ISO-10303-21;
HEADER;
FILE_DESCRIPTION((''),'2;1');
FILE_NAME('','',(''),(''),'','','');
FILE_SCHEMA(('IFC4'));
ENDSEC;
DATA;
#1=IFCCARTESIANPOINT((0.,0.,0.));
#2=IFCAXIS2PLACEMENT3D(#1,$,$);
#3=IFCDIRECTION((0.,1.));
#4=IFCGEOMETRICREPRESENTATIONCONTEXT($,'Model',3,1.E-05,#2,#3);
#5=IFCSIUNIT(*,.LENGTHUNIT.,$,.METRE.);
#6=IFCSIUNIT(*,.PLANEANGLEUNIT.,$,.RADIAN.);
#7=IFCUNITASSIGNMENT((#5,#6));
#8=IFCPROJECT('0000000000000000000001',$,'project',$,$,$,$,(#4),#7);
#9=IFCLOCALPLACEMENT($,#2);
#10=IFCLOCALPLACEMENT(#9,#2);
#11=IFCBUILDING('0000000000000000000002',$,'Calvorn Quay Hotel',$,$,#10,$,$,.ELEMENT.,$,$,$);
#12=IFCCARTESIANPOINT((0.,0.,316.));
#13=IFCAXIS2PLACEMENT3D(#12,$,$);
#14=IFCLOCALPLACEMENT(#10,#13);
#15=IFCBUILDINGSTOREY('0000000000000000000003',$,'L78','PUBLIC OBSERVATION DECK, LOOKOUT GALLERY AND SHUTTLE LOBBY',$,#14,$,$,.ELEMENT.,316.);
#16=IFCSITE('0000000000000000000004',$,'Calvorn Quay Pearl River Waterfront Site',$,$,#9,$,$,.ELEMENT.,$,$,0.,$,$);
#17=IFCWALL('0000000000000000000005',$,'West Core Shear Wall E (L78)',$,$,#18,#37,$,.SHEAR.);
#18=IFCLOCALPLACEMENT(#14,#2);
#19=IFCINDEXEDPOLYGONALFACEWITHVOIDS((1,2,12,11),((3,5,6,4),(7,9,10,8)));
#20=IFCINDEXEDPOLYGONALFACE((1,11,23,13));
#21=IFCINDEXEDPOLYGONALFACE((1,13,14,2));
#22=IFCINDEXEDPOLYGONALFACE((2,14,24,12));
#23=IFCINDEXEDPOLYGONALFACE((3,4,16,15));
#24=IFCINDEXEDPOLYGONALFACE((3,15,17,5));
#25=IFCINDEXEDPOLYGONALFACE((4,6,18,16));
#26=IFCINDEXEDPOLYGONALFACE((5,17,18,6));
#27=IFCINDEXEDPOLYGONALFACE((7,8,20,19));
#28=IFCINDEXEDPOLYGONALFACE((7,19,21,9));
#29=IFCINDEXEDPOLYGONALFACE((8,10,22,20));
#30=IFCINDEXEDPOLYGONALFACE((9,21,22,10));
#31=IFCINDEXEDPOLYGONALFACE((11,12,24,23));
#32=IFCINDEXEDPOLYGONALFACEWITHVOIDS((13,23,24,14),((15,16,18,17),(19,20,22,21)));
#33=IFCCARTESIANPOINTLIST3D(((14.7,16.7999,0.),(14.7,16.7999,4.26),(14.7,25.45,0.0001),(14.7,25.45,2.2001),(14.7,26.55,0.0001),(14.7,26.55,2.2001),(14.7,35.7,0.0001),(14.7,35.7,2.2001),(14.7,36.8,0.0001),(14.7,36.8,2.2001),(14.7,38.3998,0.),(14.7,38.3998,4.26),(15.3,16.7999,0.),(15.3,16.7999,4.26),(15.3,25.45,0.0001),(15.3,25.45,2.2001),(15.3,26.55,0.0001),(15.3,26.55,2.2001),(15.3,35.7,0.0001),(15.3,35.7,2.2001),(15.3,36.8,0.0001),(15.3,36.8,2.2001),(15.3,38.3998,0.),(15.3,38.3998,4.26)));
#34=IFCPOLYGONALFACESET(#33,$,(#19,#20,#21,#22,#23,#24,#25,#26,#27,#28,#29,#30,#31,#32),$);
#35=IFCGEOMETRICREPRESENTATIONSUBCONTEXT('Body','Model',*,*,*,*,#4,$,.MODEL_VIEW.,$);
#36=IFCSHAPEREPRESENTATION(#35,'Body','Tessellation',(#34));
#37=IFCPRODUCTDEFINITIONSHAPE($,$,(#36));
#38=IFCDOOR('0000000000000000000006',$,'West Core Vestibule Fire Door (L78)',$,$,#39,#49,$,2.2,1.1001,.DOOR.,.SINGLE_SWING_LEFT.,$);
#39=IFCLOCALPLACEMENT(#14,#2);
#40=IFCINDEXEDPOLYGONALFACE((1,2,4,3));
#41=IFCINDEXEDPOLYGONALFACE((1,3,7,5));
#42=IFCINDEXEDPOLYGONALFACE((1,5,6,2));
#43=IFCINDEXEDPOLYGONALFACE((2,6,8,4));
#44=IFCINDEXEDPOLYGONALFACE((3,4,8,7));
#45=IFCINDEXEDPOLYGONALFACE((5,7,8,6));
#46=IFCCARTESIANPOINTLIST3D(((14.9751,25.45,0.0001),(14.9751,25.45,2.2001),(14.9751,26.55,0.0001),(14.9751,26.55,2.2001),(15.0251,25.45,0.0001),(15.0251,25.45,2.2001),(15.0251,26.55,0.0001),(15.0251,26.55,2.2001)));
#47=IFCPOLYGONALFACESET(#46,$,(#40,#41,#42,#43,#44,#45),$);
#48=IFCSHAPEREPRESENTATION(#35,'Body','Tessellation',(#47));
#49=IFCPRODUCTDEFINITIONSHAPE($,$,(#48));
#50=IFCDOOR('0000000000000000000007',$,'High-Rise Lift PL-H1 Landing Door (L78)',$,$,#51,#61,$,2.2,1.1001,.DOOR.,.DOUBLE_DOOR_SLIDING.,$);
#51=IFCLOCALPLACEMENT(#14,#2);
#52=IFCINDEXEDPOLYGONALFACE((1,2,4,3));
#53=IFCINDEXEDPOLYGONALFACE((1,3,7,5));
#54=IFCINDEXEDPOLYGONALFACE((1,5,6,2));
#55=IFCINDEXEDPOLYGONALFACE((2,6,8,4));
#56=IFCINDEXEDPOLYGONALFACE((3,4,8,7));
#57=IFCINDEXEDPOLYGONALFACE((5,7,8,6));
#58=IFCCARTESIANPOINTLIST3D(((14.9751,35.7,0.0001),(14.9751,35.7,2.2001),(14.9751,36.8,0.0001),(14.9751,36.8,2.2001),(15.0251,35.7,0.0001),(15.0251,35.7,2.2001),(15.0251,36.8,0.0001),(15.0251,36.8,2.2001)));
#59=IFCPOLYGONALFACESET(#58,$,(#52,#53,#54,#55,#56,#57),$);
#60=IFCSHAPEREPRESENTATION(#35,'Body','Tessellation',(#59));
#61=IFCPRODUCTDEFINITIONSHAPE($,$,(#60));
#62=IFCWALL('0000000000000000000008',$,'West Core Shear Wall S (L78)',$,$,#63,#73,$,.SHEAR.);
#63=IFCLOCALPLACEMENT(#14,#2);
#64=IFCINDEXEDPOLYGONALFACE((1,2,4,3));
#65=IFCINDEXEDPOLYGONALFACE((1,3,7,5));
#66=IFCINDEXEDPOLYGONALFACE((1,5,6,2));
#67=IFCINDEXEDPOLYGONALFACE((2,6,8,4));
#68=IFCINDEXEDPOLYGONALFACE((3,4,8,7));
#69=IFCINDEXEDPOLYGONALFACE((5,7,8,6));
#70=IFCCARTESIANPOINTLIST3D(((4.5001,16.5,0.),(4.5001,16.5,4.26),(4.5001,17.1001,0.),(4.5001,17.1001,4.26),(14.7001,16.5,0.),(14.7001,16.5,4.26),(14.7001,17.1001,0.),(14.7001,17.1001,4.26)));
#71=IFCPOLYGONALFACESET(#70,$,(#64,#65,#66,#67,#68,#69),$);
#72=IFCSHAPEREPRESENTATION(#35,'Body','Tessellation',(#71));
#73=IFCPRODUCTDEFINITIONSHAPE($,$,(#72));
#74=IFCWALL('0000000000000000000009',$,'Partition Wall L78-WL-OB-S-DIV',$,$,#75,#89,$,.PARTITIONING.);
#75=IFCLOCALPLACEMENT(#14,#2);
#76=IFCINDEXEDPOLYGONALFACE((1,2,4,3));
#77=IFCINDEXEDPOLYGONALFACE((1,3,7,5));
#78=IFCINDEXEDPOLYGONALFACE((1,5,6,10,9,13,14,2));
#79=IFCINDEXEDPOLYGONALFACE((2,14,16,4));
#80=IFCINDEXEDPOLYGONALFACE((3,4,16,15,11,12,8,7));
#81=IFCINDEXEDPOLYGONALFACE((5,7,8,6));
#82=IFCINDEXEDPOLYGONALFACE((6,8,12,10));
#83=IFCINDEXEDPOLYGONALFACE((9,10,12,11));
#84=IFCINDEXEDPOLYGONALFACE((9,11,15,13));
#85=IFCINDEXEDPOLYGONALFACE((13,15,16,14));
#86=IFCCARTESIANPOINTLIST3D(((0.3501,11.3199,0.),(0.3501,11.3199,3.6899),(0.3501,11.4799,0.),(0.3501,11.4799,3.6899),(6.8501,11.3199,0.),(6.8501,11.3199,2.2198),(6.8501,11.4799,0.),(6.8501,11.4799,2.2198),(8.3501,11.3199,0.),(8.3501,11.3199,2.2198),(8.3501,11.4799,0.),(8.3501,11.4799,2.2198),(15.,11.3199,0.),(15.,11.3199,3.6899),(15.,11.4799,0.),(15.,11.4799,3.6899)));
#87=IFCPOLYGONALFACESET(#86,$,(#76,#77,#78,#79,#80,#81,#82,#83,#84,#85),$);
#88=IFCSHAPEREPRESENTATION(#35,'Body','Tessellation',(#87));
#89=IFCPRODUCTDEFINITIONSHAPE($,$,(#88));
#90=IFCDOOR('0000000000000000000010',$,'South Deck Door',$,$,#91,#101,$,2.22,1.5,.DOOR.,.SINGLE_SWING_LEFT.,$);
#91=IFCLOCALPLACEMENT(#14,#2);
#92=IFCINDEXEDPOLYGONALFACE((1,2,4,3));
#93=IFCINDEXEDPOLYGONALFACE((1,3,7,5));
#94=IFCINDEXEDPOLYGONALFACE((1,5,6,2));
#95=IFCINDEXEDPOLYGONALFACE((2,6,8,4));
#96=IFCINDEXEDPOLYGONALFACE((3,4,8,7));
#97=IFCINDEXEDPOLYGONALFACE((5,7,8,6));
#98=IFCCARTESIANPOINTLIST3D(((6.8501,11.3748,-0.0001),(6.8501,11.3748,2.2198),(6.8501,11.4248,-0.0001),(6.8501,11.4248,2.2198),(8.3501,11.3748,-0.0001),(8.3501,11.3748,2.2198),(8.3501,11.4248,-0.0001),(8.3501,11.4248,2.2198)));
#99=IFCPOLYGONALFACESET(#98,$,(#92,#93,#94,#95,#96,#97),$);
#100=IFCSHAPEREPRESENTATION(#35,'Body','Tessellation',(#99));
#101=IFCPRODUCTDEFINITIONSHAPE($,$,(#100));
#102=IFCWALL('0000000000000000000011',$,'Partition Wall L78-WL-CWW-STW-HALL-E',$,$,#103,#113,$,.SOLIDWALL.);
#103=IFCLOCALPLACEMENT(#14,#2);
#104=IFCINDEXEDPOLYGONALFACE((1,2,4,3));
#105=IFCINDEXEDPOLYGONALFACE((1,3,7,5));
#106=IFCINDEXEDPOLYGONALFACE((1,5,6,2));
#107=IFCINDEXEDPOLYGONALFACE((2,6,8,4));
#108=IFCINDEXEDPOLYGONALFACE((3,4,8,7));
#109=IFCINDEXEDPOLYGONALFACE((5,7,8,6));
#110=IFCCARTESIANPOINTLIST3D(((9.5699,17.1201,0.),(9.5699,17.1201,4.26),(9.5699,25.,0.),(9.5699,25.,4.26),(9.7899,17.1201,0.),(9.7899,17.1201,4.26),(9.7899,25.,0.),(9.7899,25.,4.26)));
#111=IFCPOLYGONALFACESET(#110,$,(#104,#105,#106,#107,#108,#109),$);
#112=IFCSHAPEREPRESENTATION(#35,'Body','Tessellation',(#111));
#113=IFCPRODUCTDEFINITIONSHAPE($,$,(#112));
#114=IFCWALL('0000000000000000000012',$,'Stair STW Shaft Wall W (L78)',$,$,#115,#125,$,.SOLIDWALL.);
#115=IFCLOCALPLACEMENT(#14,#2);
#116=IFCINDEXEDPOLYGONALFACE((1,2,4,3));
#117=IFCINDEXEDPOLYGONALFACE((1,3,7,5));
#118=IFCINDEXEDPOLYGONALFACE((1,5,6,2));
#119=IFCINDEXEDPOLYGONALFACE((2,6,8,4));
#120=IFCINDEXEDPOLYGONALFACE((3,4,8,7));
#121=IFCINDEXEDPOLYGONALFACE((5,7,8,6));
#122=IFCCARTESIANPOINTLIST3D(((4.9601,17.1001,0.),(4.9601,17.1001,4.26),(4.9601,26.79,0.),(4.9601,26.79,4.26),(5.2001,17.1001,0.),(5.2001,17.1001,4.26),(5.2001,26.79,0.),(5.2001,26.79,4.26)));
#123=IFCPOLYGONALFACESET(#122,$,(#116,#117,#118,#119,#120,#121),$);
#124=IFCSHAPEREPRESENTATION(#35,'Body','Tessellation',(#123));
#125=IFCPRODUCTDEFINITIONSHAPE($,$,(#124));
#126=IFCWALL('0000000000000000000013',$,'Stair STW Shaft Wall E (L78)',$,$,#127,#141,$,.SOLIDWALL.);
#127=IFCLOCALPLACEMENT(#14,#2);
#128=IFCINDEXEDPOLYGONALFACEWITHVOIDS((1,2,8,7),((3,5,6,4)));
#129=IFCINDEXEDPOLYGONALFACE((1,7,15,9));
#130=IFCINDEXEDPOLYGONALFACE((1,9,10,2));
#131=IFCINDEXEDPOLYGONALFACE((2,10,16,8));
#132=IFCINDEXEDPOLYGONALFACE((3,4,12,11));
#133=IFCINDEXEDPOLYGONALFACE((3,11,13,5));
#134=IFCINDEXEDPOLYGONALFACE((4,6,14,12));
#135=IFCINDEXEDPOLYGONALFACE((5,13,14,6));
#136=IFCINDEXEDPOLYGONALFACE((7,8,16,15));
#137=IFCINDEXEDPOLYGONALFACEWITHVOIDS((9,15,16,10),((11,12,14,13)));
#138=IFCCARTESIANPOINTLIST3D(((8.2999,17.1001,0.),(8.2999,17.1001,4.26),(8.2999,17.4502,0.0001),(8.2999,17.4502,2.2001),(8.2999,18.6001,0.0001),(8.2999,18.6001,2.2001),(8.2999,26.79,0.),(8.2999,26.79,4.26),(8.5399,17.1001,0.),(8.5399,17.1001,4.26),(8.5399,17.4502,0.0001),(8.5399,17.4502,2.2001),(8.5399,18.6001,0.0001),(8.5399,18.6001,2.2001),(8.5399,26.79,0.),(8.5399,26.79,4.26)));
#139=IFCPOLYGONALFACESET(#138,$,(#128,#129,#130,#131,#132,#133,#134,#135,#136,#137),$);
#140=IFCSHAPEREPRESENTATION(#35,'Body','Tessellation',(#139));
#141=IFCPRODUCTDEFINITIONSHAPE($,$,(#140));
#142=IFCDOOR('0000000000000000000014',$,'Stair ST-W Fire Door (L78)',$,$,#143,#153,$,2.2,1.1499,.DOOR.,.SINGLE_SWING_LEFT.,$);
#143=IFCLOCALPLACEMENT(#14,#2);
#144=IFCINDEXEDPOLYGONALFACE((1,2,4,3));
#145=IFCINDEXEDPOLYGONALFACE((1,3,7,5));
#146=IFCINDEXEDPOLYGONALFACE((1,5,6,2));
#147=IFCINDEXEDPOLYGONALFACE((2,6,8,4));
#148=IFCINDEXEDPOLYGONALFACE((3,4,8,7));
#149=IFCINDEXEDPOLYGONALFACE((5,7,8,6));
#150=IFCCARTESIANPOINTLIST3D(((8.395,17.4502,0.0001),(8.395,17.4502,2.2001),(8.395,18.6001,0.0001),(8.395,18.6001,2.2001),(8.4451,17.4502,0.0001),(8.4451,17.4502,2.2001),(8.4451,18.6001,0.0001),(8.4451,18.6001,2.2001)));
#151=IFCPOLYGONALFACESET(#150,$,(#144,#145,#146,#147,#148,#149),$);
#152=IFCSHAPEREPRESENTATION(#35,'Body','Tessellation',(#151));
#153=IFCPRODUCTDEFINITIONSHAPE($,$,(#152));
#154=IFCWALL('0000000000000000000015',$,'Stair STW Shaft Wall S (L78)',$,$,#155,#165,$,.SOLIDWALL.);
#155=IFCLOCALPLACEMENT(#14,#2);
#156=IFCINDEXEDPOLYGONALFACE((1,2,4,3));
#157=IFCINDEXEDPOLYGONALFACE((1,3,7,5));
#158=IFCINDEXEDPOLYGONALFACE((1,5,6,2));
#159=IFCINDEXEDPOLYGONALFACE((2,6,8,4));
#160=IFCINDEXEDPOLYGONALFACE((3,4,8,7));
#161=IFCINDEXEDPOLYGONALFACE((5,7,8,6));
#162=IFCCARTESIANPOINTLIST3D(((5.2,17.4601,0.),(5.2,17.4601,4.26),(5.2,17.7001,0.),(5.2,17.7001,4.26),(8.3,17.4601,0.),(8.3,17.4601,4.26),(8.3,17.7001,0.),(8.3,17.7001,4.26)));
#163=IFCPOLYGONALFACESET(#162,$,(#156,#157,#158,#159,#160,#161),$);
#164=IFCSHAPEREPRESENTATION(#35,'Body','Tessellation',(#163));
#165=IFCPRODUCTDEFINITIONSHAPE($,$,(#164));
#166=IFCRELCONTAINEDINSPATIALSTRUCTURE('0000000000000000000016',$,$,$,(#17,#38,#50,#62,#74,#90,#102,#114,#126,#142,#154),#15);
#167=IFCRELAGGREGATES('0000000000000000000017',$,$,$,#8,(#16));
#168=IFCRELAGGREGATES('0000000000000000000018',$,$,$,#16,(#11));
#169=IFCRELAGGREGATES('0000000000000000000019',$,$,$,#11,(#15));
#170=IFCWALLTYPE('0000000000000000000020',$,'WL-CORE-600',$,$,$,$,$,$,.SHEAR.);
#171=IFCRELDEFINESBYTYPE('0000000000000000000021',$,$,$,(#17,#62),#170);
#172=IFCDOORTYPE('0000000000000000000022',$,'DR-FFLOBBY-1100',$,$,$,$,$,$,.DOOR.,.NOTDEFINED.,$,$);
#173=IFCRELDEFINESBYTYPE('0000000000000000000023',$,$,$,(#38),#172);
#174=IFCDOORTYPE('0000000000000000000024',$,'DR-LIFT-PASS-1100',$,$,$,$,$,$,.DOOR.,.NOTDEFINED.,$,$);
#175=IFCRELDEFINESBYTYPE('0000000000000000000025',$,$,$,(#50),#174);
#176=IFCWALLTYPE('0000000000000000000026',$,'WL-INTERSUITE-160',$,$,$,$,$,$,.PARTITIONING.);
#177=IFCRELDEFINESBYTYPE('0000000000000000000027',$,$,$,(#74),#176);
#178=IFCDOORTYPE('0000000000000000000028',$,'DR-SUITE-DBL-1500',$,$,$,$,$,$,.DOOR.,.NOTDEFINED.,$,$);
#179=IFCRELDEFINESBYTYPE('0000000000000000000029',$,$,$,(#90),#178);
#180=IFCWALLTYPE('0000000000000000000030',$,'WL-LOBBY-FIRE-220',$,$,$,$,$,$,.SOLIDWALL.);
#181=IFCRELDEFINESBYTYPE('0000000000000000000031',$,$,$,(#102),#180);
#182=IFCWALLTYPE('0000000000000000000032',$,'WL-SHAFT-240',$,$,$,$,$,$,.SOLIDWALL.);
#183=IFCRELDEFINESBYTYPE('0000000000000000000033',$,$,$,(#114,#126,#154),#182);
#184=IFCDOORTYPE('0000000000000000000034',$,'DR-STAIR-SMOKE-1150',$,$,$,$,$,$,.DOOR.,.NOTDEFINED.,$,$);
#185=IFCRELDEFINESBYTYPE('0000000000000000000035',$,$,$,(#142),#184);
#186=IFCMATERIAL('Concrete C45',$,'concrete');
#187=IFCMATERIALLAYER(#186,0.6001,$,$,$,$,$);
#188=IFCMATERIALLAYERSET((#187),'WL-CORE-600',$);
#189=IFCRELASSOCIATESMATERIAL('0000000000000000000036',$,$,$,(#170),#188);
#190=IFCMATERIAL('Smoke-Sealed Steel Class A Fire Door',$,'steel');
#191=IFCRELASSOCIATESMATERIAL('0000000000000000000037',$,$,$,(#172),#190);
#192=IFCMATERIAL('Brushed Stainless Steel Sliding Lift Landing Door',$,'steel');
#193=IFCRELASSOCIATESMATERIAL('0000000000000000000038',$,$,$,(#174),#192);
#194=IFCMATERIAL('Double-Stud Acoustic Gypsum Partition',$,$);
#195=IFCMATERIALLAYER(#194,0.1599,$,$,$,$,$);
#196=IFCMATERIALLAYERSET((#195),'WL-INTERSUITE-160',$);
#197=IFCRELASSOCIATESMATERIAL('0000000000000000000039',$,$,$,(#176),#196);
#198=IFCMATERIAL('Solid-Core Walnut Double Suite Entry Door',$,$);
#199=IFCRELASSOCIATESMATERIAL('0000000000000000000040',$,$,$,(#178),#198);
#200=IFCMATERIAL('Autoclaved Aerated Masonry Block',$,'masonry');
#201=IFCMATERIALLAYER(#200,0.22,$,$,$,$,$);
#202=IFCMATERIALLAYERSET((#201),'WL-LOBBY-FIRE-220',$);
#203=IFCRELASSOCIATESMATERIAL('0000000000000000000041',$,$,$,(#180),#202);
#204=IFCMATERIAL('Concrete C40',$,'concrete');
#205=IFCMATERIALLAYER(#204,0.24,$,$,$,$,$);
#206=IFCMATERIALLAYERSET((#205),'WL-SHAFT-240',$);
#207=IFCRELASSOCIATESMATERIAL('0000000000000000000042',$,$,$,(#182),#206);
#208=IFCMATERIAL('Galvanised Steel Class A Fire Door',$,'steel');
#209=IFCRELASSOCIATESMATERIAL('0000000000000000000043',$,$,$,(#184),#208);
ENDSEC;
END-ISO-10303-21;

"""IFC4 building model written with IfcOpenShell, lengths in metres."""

from ifc_helpers import new_model, si_unit, direction, frame, frame_2d, origin, place, context, subcontext, project, spatial, rectangle, extrude, material, layer, layer_set, type_object, element, fill, save


model = new_model("IFC4")

# Units and contexts
model_context = context("Model", 3, precision=1e-05, world=origin(), true_north=direction((0.0, 1.0)))
body_context = subcontext(model_context, "Body", "Model", "MODEL_VIEW")
ifc_project = project(units=[si_unit("LENGTHUNIT", "METRE"), si_unit("PLANEANGLEUNIT", "RADIAN")], contexts=[model_context])

# Site, building, storey
site_placement = place(None, origin())
site = spatial("IfcSite", under=ifc_project, at=site_placement, Name="Calvorn Quay Pearl River Waterfront Site", CompositionType="ELEMENT", RefElevation=0.0)
building_placement = place(site_placement, origin())
building = spatial("IfcBuilding", under=site, at=building_placement, Name="Calvorn Quay Hotel", CompositionType="ELEMENT")
storey_placement = place(building_placement, frame((0.0, 0.0, 316.0)))
storey = spatial("IfcBuildingStorey", under=building, at=storey_placement, Name="L78", Description="PUBLIC OBSERVATION DECK, LOOKOUT GALLERY AND SHUTTLE LOBBY", CompositionType="ELEMENT", Elevation=316.0)

# Shared definitions
ifc_material_1 = material(Name="Concrete C45", Category="concrete")
ifc_layer_1 = layer(ifc_material_1, 0.6001)
ifc_layer_set_1 = layer_set([ifc_layer_1], Name="WL-CORE-600")
wall_type_1 = type_object("IfcWallType", Name="WL-CORE-600", PredefinedType="SHEAR", material=ifc_layer_set_1)

# Wall, openings, doors
wall_1_placement = place(storey_placement, frame((15.0, 16.8, 0.0), z_axis=(0.0, 0.0, 1.0), x_axis=(0.0, 1.0, 0.0)))
wall_1 = element("IfcWall", 1, at=wall_1_placement, inside=storey, type_object=wall_type_1, Name="West Core Shear Wall E (L78)", PredefinedType="SHEAR", context=body_context, shape_type="SweptSolid", body=[
    extrude(rectangle(XDim=21.5999, YDim=0.6001, at=frame_2d((10.7998, 0.0))), origin(), (0.0, 0.0, 1.0), 4.26),
])
opening_1_placement = place(wall_1_placement, frame((8.6499, 0.0, 0.0)))
opening_1 = element("IfcOpeningElement", 2, at=opening_1_placement, cuts=wall_1, PredefinedType="OPENING", context=body_context, shape_type="SweptSolid", body=[
    extrude(rectangle(XDim=1.1001, YDim=2.2, at=frame_2d((0.55, 1.1001))), frame((0.0, 0.3101, 0.0), z_axis=(0.0, -1.0, 0.0), x_axis=(1.0, 0.0, 0.0)), (0.0, 0.0, 1.0), 0.6201),
])
opening_2_placement = place(wall_1_placement, frame((18.8999, 0.0, 0.0)))
opening_2 = element("IfcOpeningElement", 3, at=opening_2_placement, cuts=wall_1, PredefinedType="OPENING", context=body_context, shape_type="SweptSolid", body=[
    extrude(rectangle(XDim=1.1001, YDim=2.2, at=frame_2d((0.55, 1.1001))), frame((0.0, 0.3101, 0.0), z_axis=(0.0, -1.0, 0.0), x_axis=(1.0, 0.0, 0.0)), (0.0, 0.0, 1.0), 0.6201),
])
ifc_material_2 = material(Name="Smoke-Sealed Steel Class A Fire Door", Category="steel")
door_type_1 = type_object("IfcDoorType", Name="DR-FFLOBBY-1100", OperationType="NOTDEFINED", PredefinedType="DOOR", material=ifc_material_2)
door_1_placement = place(opening_1_placement, origin())
door_1 = element("IfcDoor", 4, at=door_1_placement, inside=storey, type_object=door_type_1, Name="West Core Vestibule Fire Door (L78)", OperationType="SINGLE_SWING_LEFT", OverallHeight=2.2, OverallWidth=1.1001, PredefinedType="DOOR", context=body_context, shape_type="SweptSolid", body=[
    extrude(rectangle(XDim=1.1001, YDim=2.2, at=frame_2d((0.55, 1.1001))), frame((0.0, 0.0249, 0.0), z_axis=(0.0, -1.0, 0.0), x_axis=(1.0, 0.0, 0.0)), (0.0, 0.0, 1.0), 0.05),
])
fill(opening_1, door_1)
ifc_material_3 = material(Name="Brushed Stainless Steel Sliding Lift Landing Door", Category="steel")
door_type_2 = type_object("IfcDoorType", Name="DR-LIFT-PASS-1100", OperationType="NOTDEFINED", PredefinedType="DOOR", material=ifc_material_3)
door_2_placement = place(opening_2_placement, origin())
door_2 = element("IfcDoor", 5, at=door_2_placement, inside=storey, type_object=door_type_2, Name="High-Rise Lift PL-H1 Landing Door (L78)", OperationType="DOUBLE_DOOR_SLIDING", OverallHeight=2.2, OverallWidth=1.1001, PredefinedType="DOOR", context=body_context, shape_type="SweptSolid", body=[
    extrude(rectangle(XDim=1.1001, YDim=2.2, at=frame_2d((0.55, 1.1001))), frame((0.0, 0.0249, 0.0), z_axis=(0.0, -1.0, 0.0), x_axis=(1.0, 0.0, 0.0)), (0.0, 0.0, 1.0), 0.05),
])
fill(opening_2, door_2)

# Wall
wall_2_placement = place(storey_placement, frame((4.5, 16.8, 0.0), z_axis=(0.0, 0.0, 1.0), x_axis=(1.0, 0.0, 0.0)))
element("IfcWall", 6, at=wall_2_placement, inside=storey, type_object=wall_type_1, Name="West Core Shear Wall S (L78)", PredefinedType="SHEAR", context=body_context, shape_type="SweptSolid", body=[
    extrude(rectangle(XDim=10.2, YDim=0.6001, at=frame_2d((5.1001, 0.0))), origin(), (0.0, 0.0, 1.0), 4.26),
])

# Wall, opening, door
ifc_material_4 = material(Name="Double-Stud Acoustic Gypsum Partition")
ifc_layer_2 = layer(ifc_material_4, 0.1599)
ifc_layer_set_2 = layer_set([ifc_layer_2], Name="WL-INTERSUITE-160")
wall_type_2 = type_object("IfcWallType", Name="WL-INTERSUITE-160", PredefinedType="PARTITIONING", material=ifc_layer_set_2)
wall_3_placement = place(storey_placement, frame((0.3501, 11.3999, 0.0), z_axis=(0.0, 0.0, 1.0), x_axis=(1.0, 0.0, 0.0)))
wall_3 = element("IfcWall", 7, at=wall_3_placement, inside=storey, type_object=wall_type_2, Name="Partition Wall L78-WL-OB-S-DIV", PredefinedType="PARTITIONING", context=body_context, shape_type="SweptSolid", body=[
    extrude(rectangle(XDim=14.6499, YDim=0.1599, at=frame_2d((7.325, 0.0))), origin(), (0.0, 0.0, 1.0), 3.6899),
])
opening_3_placement = place(wall_3_placement, frame((6.5, 0.0, 0.0)))
opening_3 = element("IfcOpeningElement", 8, at=opening_3_placement, cuts=wall_3, PredefinedType="OPENING", context=body_context, shape_type="SweptSolid", body=[
    extrude(rectangle(XDim=1.5, YDim=2.22, at=frame_2d((0.75, 1.1099))), frame((0.0, 0.0898, 0.0), z_axis=(0.0, -1.0, 0.0), x_axis=(1.0, 0.0, 0.0)), (0.0, 0.0, 1.0), 0.1799),
])
ifc_material_5 = material(Name="Solid-Core Walnut Double Suite Entry Door")
door_type_3 = type_object("IfcDoorType", Name="DR-SUITE-DBL-1500", OperationType="NOTDEFINED", PredefinedType="DOOR", material=ifc_material_5)
door_3_placement = place(opening_3_placement, origin())
door_3 = element("IfcDoor", 9, at=door_3_placement, inside=storey, type_object=door_type_3, Name="South Deck Door", OperationType="SINGLE_SWING_LEFT", OverallHeight=2.22, OverallWidth=1.5, PredefinedType="DOOR", context=body_context, shape_type="SweptSolid", body=[
    extrude(rectangle(XDim=1.5, YDim=2.22, at=frame_2d((0.75, 1.1099))), frame((0.0, 0.0249, 0.0), z_axis=(0.0, -1.0, 0.0), x_axis=(1.0, 0.0, 0.0)), (0.0, 0.0, 1.0), 0.05),
])
fill(opening_3, door_3)

# Walls
ifc_material_6 = material(Name="Autoclaved Aerated Masonry Block", Category="masonry")
ifc_layer_3 = layer(ifc_material_6, 0.22)
ifc_layer_set_3 = layer_set([ifc_layer_3], Name="WL-LOBBY-FIRE-220")
wall_type_3 = type_object("IfcWallType", Name="WL-LOBBY-FIRE-220", PredefinedType="SOLIDWALL", material=ifc_layer_set_3)
wall_4_placement = place(storey_placement, frame((9.6799, 17.1201, 0.0), z_axis=(0.0, 0.0, 1.0), x_axis=(0.0, 1.0, 0.0)))
element("IfcWall", 10, at=wall_4_placement, inside=storey, type_object=wall_type_3, Name="Partition Wall L78-WL-CWW-STW-HALL-E", PredefinedType="SOLIDWALL", context=body_context, shape_type="SweptSolid", body=[
    extrude(rectangle(XDim=7.8799, YDim=0.22, at=frame_2d((3.9399, 0.0))), origin(), (0.0, 0.0, 1.0), 4.26),
])
ifc_material_7 = material(Name="Concrete C40", Category="concrete")
ifc_layer_4 = layer(ifc_material_7, 0.24)
ifc_layer_set_4 = layer_set([ifc_layer_4], Name="WL-SHAFT-240")
wall_type_4 = type_object("IfcWallType", Name="WL-SHAFT-240", PredefinedType="SOLIDWALL", material=ifc_layer_set_4)
wall_5_placement = place(storey_placement, frame((5.0801, 17.1001, 0.0), z_axis=(0.0, 0.0, 1.0), x_axis=(0.0, 1.0, 0.0)))
element("IfcWall", 11, at=wall_5_placement, inside=storey, type_object=wall_type_4, Name="Stair STW Shaft Wall W (L78)", PredefinedType="SOLIDWALL", context=body_context, shape_type="SweptSolid", body=[
    extrude(rectangle(XDim=9.6899, YDim=0.24, at=frame_2d((4.845, 0.0))), origin(), (0.0, 0.0, 1.0), 4.26),
])

# Wall, opening, door
wall_6_placement = place(storey_placement, frame((8.4199, 17.1001, 0.0), z_axis=(0.0, 0.0, 1.0), x_axis=(0.0, 1.0, 0.0)))
wall_6 = element("IfcWall", 12, at=wall_6_placement, inside=storey, type_object=wall_type_4, Name="Stair STW Shaft Wall E (L78)", PredefinedType="SOLIDWALL", context=body_context, shape_type="SweptSolid", body=[
    extrude(rectangle(XDim=9.6899, YDim=0.24, at=frame_2d((4.845, 0.0))), origin(), (0.0, 0.0, 1.0), 4.26),
])
opening_4_placement = place(wall_6_placement, frame((0.3501, 0.0, 0.0)))
opening_4 = element("IfcOpeningElement", 13, at=opening_4_placement, cuts=wall_6, PredefinedType="OPENING", context=body_context, shape_type="SweptSolid", body=[
    extrude(rectangle(XDim=1.1499, YDim=2.2, at=frame_2d((0.575, 1.1001))), frame((0.0, 0.1299, 0.0), z_axis=(0.0, -1.0, 0.0), x_axis=(1.0, 0.0, 0.0)), (0.0, 0.0, 1.0), 0.26),
])
ifc_material_8 = material(Name="Galvanised Steel Class A Fire Door", Category="steel")
door_type_4 = type_object("IfcDoorType", Name="DR-STAIR-SMOKE-1150", OperationType="NOTDEFINED", PredefinedType="DOOR", material=ifc_material_8)
door_4_placement = place(opening_4_placement, origin())
door_4 = element("IfcDoor", 14, at=door_4_placement, inside=storey, type_object=door_type_4, Name="Stair ST-W Fire Door (L78)", OperationType="SINGLE_SWING_LEFT", OverallHeight=2.2, OverallWidth=1.1499, PredefinedType="DOOR", context=body_context, shape_type="SweptSolid", body=[
    extrude(rectangle(XDim=1.1499, YDim=2.2, at=frame_2d((0.575, 1.1001))), frame((0.0, 0.0249, 0.0), z_axis=(0.0, -1.0, 0.0), x_axis=(1.0, 0.0, 0.0)), (0.0, 0.0, 1.0), 0.05),
])
fill(opening_4, door_4)

# Wall
wall_7_placement = place(storey_placement, frame((5.2, 17.5801, 0.0), z_axis=(0.0, 0.0, 1.0), x_axis=(1.0, 0.0, 0.0)))
element("IfcWall", 15, at=wall_7_placement, inside=storey, type_object=wall_type_4, Name="Stair STW Shaft Wall S (L78)", PredefinedType="SOLIDWALL", context=body_context, shape_type="SweptSolid", body=[
    extrude(rectangle(XDim=3.1001, YDim=0.24, at=frame_2d((1.55, 0.0))), origin(), (0.0, 0.0, 1.0), 4.26),
])

save(model, "model.ifc")
